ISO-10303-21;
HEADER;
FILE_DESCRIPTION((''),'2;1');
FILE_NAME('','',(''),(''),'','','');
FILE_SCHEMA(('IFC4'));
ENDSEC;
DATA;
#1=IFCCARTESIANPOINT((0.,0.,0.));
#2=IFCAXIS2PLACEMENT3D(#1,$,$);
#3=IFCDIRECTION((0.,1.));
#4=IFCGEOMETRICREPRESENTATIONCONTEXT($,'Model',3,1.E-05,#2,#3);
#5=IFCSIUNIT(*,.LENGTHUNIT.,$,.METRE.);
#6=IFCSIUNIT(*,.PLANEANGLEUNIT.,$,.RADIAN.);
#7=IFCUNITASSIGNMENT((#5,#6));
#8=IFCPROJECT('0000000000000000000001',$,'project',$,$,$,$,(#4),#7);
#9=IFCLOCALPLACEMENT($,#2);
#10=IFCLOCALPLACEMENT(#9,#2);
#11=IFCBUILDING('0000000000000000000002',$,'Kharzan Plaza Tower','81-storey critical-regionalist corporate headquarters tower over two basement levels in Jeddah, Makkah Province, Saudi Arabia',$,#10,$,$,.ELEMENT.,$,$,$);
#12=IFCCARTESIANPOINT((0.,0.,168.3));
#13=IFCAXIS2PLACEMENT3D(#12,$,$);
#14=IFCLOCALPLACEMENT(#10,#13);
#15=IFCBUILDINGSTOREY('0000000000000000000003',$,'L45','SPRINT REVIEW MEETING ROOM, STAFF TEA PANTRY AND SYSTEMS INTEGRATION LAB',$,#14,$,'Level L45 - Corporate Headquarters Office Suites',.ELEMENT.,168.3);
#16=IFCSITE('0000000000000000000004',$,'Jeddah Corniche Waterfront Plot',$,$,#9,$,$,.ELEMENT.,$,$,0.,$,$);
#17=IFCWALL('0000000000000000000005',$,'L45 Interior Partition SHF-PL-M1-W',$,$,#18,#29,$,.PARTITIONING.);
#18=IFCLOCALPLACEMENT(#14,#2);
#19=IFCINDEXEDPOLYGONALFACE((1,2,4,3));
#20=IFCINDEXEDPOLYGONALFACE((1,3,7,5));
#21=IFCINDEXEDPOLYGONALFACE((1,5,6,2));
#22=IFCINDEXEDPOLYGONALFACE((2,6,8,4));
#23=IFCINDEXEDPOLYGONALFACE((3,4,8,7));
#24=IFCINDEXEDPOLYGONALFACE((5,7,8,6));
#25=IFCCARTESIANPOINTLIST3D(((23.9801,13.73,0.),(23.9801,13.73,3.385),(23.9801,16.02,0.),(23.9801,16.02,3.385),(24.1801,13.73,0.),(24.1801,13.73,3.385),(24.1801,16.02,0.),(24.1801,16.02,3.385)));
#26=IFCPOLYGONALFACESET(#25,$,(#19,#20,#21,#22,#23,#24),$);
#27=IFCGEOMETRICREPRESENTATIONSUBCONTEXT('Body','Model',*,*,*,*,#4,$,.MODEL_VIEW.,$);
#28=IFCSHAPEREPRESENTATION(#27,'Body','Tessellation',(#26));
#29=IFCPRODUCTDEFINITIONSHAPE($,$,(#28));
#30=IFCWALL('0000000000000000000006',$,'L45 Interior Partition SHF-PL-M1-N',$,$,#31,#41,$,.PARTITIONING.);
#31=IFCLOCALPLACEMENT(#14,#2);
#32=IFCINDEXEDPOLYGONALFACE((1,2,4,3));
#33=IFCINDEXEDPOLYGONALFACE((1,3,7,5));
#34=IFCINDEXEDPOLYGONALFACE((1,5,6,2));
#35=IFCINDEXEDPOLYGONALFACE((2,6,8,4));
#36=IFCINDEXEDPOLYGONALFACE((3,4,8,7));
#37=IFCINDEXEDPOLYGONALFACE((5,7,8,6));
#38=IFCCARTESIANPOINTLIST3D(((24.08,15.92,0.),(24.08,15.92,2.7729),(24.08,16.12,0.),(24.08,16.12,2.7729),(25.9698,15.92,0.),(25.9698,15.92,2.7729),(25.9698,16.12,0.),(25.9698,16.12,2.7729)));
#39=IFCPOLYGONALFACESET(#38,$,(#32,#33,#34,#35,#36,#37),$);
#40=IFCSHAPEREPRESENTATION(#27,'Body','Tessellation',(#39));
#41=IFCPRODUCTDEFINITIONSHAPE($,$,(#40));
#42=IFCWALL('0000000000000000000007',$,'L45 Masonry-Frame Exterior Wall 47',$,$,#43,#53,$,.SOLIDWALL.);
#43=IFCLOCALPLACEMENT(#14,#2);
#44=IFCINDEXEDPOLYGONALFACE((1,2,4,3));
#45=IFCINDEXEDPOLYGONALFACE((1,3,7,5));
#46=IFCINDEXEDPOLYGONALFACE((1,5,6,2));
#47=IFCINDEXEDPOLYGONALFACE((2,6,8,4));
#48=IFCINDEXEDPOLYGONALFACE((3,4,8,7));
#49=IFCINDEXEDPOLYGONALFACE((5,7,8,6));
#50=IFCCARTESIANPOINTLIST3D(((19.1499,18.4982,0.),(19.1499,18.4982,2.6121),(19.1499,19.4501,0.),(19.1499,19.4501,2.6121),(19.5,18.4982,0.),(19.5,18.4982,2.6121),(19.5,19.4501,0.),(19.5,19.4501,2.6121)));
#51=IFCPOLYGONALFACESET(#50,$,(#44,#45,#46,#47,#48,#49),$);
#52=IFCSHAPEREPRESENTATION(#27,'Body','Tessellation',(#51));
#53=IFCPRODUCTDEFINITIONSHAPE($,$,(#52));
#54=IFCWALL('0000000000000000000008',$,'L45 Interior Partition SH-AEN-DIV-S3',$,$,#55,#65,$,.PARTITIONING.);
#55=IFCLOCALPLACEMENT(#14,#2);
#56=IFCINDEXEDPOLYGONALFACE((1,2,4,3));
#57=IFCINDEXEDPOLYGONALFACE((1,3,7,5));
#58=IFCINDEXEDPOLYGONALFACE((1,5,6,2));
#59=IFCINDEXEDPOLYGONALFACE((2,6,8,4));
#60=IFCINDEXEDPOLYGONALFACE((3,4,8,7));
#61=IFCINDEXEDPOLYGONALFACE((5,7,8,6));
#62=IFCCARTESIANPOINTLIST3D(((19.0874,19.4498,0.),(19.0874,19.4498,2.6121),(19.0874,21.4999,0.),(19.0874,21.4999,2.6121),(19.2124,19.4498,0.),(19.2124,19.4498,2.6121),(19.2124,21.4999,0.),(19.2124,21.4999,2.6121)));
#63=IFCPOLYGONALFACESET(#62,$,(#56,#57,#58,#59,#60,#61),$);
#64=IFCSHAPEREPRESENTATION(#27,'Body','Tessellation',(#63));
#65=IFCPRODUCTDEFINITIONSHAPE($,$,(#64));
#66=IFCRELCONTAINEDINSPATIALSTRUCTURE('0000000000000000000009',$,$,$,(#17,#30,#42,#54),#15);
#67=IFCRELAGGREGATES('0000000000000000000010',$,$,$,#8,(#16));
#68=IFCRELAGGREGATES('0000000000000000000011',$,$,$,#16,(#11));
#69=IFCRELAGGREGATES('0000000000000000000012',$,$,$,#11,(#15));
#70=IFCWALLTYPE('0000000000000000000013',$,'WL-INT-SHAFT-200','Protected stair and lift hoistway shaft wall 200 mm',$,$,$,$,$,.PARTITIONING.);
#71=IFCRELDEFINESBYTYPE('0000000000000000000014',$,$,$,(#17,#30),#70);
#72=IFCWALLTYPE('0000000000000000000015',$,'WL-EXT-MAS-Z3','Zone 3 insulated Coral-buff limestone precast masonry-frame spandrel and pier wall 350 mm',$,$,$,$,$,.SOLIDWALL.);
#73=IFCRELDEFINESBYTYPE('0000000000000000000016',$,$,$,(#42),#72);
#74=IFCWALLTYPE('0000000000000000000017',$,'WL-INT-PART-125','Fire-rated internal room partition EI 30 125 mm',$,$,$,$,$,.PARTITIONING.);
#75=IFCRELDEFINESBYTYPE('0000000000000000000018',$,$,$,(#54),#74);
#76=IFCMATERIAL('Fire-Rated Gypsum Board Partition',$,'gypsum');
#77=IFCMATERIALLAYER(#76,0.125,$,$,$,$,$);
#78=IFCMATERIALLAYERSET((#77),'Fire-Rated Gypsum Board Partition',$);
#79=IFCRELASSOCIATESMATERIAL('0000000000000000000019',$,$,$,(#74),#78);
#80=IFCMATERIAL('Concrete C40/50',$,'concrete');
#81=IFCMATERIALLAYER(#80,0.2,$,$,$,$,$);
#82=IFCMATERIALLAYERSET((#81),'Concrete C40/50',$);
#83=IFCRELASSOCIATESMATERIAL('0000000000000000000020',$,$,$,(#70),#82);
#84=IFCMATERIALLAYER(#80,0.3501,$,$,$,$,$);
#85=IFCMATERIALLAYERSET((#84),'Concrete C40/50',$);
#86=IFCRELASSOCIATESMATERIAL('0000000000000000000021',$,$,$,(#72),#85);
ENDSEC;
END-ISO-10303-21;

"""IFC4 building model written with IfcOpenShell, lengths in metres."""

from ifc_helpers import new_model, si_unit, direction, frame, frame_2d, origin, place, context, subcontext, project, spatial, rectangle, extrude, source, transform, mapped, material, layer, layer_set, type_object, element, save


model = new_model("IFC4")

# Units and contexts
model_context = context("Model", 3, precision=1e-05, world=origin(), true_north=direction((0.0, 1.0)))
body_context = subcontext(model_context, "Body", "Model", "MODEL_VIEW")
ifc_project = project(units=[si_unit("LENGTHUNIT", "METRE"), si_unit("PLANEANGLEUNIT", "RADIAN")], contexts=[model_context])

# Site, building, storey
site_placement = place(None, origin())
site = spatial("IfcSite", under=ifc_project, at=site_placement, Name="Jeddah Corniche Waterfront Plot", CompositionType="ELEMENT", RefElevation=0.0)
building_placement = place(site_placement, origin())
building = spatial("IfcBuilding", under=site, at=building_placement, Name="Kharzan Plaza Tower", Description="81-storey critical-regionalist corporate headquarters tower over two basement levels in Jeddah, Makkah Province, Saudi Arabia", CompositionType="ELEMENT")
storey_placement = place(building_placement, frame((0.0, 0.0, 168.3)))
storey = spatial("IfcBuildingStorey", under=building, at=storey_placement, Name="L45", Description="SPRINT REVIEW MEETING ROOM, STAFF TEA PANTRY AND SYSTEMS INTEGRATION LAB", LongName="Level L45 - Corporate Headquarters Office Suites", CompositionType="ELEMENT", Elevation=168.3)

# Shared definitions
ifc_material_1 = material(Name="Fire-Rated Gypsum Board Partition", Category="gypsum")
ifc_layer_1 = layer(ifc_material_1, 0.125)
ifc_layer_set_1 = layer_set([ifc_layer_1], Name="Fire-Rated Gypsum Board Partition")
wall_type_1 = type_object("IfcWallType", Name="WL-INT-PART-125", Description="Fire-rated internal room partition EI 30 125 mm", PredefinedType="PARTITIONING", material=ifc_layer_set_1)
ifc_material_2 = material(Name="Concrete C40/50", Category="concrete")
ifc_layer_2 = layer(ifc_material_2, 0.2)
ifc_layer_set_2 = layer_set([ifc_layer_2], Name="Concrete C40/50")
wall_type_2 = type_object("IfcWallType", Name="WL-INT-SHAFT-200", Description="Protected stair and lift hoistway shaft wall 200 mm", PredefinedType="PARTITIONING", material=ifc_layer_set_2)

# Walls
shared_shape_1 = source(origin(), body_context, "Body", "SweptSolid", [
    extrude(rectangle(XDim=2.29, YDim=0.2, at=frame_2d((1.145, 0.0))), origin(), (0.0, 0.0, 1.0), 3.385),
])
wall_1_placement = place(storey_placement, frame((24.0801, 13.73, 0.0), z_axis=(0.0, 0.0, 1.0), x_axis=(0.0, 1.0, 0.0)))
element("IfcWall", 1, at=wall_1_placement, inside=storey, type_object=wall_type_2, Name="L45 Interior Partition SHF-PL-M1-W", PredefinedType="PARTITIONING", context=body_context, shape_type="MappedRepresentation", body=[
    mapped(shared_shape_1, transform((0.0, 0.0, 0.0), x_axis=(1.0, 0.0, 0.0), y_axis=(0.0, 1.0, 0.0), z_axis=(0.0, 0.0, 1.0))),
])
shared_shape_2 = source(origin(), body_context, "Body", "SweptSolid", [
    extrude(rectangle(XDim=1.8899, YDim=0.2, at=frame_2d((0.9448, 0.0))), origin(), (0.0, 0.0, 1.0), 2.7729),
])
wall_2_placement = place(storey_placement, frame((24.0801, 16.02, 0.0), z_axis=(0.0, 0.0, 1.0), x_axis=(1.0, 0.0, 0.0)))
element("IfcWall", 2, at=wall_2_placement, inside=storey, type_object=wall_type_2, Name="L45 Interior Partition SHF-PL-M1-N", PredefinedType="PARTITIONING", context=body_context, shape_type="MappedRepresentation", body=[
    mapped(shared_shape_2, transform((0.0, 0.0, 0.0), x_axis=(1.0, 0.0, 0.0), y_axis=(0.0, 1.0, 0.0), z_axis=(0.0, 0.0, 1.0))),
])
ifc_layer_3 = layer(ifc_material_2, 0.3501)
ifc_layer_set_3 = layer_set([ifc_layer_3], Name="Concrete C40/50")
wall_type_3 = type_object("IfcWallType", Name="WL-EXT-MAS-Z3", Description="Zone 3 insulated Coral-buff limestone precast masonry-frame spandrel and pier wall 350 mm", PredefinedType="SOLIDWALL", material=ifc_layer_set_3)
shared_shape_3 = source(origin(), body_context, "Body", "SweptSolid", [
    extrude(rectangle(XDim=0.9519, YDim=0.3501, at=frame_2d((0.4761, 0.0))), origin(), (0.0, 0.0, 1.0), 2.6121),
])
wall_3_placement = place(storey_placement, frame((19.325, 18.498, 0.0), z_axis=(0.0, 0.0, 1.0), x_axis=(0.0, 1.0, 0.0)))
element("IfcWall", 3, at=wall_3_placement, inside=storey, type_object=wall_type_3, Name="L45 Masonry-Frame Exterior Wall 47", PredefinedType="SOLIDWALL", context=body_context, shape_type="MappedRepresentation", body=[
    mapped(shared_shape_3, transform((0.0, 0.0, 0.0), x_axis=(1.0, 0.0, 0.0), y_axis=(0.0, 1.0, 0.0), z_axis=(0.0, 0.0, 1.0))),
])
shared_shape_4 = source(origin(), body_context, "Body", "SweptSolid", [
    extrude(rectangle(XDim=2.05, YDim=0.125, at=frame_2d((1.0249, 0.0))), origin(), (0.0, 0.0, 1.0), 2.6121),
])
wall_4_placement = place(storey_placement, frame((19.1499, 19.45, 0.0), z_axis=(0.0, 0.0, 1.0), x_axis=(0.0, 1.0, 0.0)))
element("IfcWall", 4, at=wall_4_placement, inside=storey, type_object=wall_type_1, Name="L45 Interior Partition SH-AEN-DIV-S3", PredefinedType="PARTITIONING", context=body_context, shape_type="MappedRepresentation", body=[
    mapped(shared_shape_4, transform((0.0, 0.0, 0.0), x_axis=(1.0, 0.0, 0.0), y_axis=(0.0, 1.0, 0.0), z_axis=(0.0, 0.0, 1.0))),
])

save(model, "model.ifc")
